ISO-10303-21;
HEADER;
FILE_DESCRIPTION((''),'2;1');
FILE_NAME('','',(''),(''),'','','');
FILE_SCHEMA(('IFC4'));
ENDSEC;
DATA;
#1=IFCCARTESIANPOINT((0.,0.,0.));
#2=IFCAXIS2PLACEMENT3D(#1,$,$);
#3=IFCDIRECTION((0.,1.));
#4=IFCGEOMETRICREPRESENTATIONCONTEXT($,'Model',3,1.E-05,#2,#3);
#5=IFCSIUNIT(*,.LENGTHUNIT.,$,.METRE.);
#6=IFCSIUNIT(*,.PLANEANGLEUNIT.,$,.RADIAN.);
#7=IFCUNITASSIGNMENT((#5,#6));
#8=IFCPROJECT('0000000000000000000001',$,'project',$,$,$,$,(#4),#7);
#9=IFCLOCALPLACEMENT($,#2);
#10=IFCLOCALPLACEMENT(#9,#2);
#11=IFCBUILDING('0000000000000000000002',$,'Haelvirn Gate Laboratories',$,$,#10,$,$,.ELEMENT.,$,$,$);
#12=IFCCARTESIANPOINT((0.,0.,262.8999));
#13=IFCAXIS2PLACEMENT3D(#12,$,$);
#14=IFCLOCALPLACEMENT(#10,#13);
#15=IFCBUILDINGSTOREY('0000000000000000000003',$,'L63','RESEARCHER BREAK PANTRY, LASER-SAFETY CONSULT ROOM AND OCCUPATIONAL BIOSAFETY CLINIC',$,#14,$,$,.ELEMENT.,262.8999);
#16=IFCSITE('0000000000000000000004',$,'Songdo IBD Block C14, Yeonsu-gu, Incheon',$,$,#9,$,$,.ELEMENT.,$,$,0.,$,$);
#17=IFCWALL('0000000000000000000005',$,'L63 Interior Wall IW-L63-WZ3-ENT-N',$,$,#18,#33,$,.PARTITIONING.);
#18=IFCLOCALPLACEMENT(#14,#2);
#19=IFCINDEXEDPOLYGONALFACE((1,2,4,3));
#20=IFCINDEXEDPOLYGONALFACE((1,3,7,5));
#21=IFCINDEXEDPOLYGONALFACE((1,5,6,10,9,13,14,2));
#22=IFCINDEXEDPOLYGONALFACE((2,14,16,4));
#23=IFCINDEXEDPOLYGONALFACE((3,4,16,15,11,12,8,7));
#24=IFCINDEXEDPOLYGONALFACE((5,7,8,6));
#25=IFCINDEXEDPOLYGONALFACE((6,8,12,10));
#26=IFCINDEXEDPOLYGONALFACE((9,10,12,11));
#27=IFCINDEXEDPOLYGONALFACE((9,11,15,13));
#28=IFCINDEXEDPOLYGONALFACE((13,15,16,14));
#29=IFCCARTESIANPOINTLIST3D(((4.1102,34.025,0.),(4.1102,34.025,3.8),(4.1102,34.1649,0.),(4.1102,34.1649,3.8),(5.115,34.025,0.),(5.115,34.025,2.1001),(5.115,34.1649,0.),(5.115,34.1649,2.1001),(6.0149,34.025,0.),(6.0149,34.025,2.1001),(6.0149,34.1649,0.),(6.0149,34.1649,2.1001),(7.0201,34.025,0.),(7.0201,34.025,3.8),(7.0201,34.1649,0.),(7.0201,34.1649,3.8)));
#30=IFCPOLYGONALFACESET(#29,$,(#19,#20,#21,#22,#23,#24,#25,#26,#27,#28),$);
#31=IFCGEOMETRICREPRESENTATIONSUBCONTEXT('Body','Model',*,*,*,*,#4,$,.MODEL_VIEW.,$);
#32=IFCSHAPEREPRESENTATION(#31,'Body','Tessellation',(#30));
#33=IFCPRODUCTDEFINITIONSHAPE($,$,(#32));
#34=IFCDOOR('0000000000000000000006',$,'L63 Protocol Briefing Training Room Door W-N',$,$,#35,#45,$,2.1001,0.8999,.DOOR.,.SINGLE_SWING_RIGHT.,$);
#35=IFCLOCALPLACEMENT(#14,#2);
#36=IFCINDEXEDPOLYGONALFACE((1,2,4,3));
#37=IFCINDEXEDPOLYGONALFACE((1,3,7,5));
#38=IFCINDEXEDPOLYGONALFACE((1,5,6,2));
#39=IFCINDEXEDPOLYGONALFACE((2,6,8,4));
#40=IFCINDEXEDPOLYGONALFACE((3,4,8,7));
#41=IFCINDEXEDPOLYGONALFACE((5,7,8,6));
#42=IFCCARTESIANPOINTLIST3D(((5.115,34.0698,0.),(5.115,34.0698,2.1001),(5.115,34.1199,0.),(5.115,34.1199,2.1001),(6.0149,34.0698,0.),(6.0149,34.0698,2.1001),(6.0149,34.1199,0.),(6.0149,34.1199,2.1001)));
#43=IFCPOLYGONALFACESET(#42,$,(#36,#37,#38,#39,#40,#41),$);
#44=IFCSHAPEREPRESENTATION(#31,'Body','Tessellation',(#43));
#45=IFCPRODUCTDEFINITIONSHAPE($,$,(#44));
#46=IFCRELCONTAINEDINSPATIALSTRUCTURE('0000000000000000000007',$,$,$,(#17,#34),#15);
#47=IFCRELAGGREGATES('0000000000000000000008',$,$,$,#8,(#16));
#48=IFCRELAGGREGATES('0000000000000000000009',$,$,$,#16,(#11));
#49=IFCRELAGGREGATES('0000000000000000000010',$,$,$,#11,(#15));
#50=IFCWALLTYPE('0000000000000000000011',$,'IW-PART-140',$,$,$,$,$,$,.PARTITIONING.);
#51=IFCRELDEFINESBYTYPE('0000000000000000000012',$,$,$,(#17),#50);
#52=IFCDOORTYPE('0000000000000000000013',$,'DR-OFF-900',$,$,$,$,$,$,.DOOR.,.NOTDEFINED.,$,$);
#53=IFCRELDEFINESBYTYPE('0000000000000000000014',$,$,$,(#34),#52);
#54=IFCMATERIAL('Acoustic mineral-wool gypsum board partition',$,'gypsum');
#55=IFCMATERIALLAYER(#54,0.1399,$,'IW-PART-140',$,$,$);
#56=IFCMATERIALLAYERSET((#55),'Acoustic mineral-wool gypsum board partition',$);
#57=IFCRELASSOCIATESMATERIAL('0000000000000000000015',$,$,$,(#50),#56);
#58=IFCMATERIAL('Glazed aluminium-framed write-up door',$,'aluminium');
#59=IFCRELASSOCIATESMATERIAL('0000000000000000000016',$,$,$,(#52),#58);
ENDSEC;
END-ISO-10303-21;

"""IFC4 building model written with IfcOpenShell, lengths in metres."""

from ifc_helpers import new_model, si_unit, direction, frame, frame_2d, origin, place, context, subcontext, project, spatial, rectangle, extrude, source, transform, mapped, material, layer, layer_set, type_object, type_shapes, element, fill, save


model = new_model("IFC4")

# Units and contexts
model_context = context("Model", 3, precision=1e-05, world=origin(), true_north=direction((0.0, 1.0)))
body_context = subcontext(model_context, "Body", "Model", "MODEL_VIEW")
ifc_project = project(units=[si_unit("LENGTHUNIT", "METRE"), si_unit("PLANEANGLEUNIT", "RADIAN")], contexts=[model_context])

# Site, building, storey
site_placement = place(None, origin())
site = spatial("IfcSite", under=ifc_project, at=site_placement, Name="Songdo IBD Block C14, Yeonsu-gu, Incheon", CompositionType="ELEMENT", RefElevation=0.0)
building_placement = place(site_placement, origin())
building = spatial("IfcBuilding", under=site, at=building_placement, Name="Haelvirn Gate Laboratories", CompositionType="ELEMENT")
storey_placement = place(building_placement, frame((0.0, 0.0, 262.8999)))
storey = spatial("IfcBuildingStorey", under=building, at=storey_placement, Name="L63", Description="RESEARCHER BREAK PANTRY, LASER-SAFETY CONSULT ROOM AND OCCUPATIONAL BIOSAFETY CLINIC", CompositionType="ELEMENT", Elevation=262.8999)

# Wall, opening, door
ifc_material_1 = material(Name="Acoustic mineral-wool gypsum board partition", Category="gypsum")
ifc_layer_1 = layer(ifc_material_1, 0.1399, Name="IW-PART-140")
ifc_layer_set_1 = layer_set([ifc_layer_1], Name="Acoustic mineral-wool gypsum board partition")
wall_type_1 = type_object("IfcWallType", Name="IW-PART-140", PredefinedType="PARTITIONING", material=ifc_layer_set_1)
wall_1_placement = place(storey_placement, frame((4.1101, 34.095, 0.0), z_axis=(0.0, 0.0, 1.0), x_axis=(1.0, 0.0, 0.0)))
wall_1 = element("IfcWall", 1, at=wall_1_placement, inside=storey, type_object=wall_type_1, Name="L63 Interior Wall IW-L63-WZ3-ENT-N", PredefinedType="PARTITIONING", context=body_context, shape_type="SweptSolid", body=[
    extrude(rectangle(XDim=2.9099, YDim=0.1399, at=frame_2d((1.4551, 0.0))), origin(), (0.0, 0.0, 1.0), 3.8),
])
opening_1_placement = place(wall_1_placement, frame((1.0049, 0.0, 0.0)))
opening_1 = element("IfcOpeningElement", 2, at=opening_1_placement, cuts=wall_1, PredefinedType="OPENING", context=body_context, shape_type="SweptSolid", body=[
    extrude(rectangle(XDim=0.8999, YDim=2.1001, at=frame_2d((0.45, 1.05))), frame((0.0, 0.0801, 0.0), z_axis=(0.0, -1.0, 0.0), x_axis=(1.0, 0.0, 0.0)), (0.0, 0.0, 1.0), 0.1599),
])
ifc_material_2 = material(Name="Glazed aluminium-framed write-up door", Category="aluminium")
door_type_1 = type_object("IfcDoorType", Name="DR-OFF-900", OperationType="NOTDEFINED", PredefinedType="DOOR", material=ifc_material_2)
shared_shape_1 = source(origin(), body_context, "Body", "SweptSolid", [
    extrude(rectangle(XDim=0.8999, YDim=2.1001, at=frame_2d((0.45, 1.05))), frame((0.0, 0.0249, 0.0), z_axis=(0.0, -1.0, 0.0), x_axis=(1.0, 0.0, 0.0)), (0.0, 0.0, 1.0), 0.05),
])
type_shapes(door_type_1, [shared_shape_1])
door_1_placement = place(opening_1_placement, origin())
door_1 = element("IfcDoor", 3, at=door_1_placement, inside=storey, type_object=door_type_1, Name="L63 Protocol Briefing Training Room Door W-N", OperationType="SINGLE_SWING_RIGHT", OverallHeight=2.1001, OverallWidth=0.8999, PredefinedType="DOOR", context=body_context, shape_type="MappedRepresentation", body=[
    mapped(shared_shape_1, transform((0.0, 0.0, 0.0), scale=1.0)),
])
fill(opening_1, door_1)

save(model, "model.ifc")
